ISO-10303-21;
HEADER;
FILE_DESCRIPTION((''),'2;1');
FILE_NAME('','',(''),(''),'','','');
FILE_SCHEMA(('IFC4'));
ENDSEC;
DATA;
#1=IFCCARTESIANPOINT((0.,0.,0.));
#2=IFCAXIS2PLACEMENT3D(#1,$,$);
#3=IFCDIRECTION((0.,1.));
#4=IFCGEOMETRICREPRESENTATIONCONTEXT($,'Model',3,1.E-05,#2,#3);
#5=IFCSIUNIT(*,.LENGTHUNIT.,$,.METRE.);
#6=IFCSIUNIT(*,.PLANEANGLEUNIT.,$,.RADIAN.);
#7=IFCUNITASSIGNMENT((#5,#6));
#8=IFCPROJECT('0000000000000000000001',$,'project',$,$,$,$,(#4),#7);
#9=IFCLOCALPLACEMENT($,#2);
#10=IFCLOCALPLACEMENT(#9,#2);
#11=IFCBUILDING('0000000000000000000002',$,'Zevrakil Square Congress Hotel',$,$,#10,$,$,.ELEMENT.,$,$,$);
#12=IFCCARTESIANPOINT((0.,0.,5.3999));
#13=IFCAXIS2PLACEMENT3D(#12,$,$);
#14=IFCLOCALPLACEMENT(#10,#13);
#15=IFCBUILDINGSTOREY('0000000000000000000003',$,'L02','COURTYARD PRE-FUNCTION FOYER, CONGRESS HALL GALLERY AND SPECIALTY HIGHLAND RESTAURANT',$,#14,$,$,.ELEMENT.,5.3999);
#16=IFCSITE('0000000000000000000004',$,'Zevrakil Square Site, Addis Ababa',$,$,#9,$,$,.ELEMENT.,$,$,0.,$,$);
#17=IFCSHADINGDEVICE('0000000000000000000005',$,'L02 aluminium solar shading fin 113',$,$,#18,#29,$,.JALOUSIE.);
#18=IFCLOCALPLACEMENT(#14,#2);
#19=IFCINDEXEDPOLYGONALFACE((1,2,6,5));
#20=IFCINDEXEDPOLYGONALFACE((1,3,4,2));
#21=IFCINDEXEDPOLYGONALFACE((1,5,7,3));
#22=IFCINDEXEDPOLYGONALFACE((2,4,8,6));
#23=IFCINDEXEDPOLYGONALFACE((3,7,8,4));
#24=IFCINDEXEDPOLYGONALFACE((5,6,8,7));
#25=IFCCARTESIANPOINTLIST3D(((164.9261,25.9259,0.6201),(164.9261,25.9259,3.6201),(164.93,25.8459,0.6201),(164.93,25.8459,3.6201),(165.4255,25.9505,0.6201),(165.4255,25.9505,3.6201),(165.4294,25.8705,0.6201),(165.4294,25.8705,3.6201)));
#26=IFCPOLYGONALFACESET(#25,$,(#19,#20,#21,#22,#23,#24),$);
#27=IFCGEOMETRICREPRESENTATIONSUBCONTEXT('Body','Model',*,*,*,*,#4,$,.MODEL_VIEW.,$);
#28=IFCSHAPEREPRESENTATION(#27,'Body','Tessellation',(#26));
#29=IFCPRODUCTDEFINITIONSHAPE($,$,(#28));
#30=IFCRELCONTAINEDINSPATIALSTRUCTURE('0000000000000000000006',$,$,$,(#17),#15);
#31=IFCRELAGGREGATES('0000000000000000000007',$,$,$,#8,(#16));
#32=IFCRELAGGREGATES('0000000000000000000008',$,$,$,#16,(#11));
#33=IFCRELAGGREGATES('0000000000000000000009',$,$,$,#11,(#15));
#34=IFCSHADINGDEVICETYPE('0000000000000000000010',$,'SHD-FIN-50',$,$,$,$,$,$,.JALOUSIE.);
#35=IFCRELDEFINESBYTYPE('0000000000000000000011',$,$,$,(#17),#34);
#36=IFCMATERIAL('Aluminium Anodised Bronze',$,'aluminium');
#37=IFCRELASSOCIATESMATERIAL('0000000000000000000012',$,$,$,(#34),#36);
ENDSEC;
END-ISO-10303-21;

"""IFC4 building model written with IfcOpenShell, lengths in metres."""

from ifc_helpers import new_model, si_unit, direction, frame, origin, origin_2d, place, context, subcontext, project, spatial, rectangle, extrude, material, type_object, element, save


model = new_model("IFC4")

# Units and contexts
model_context = context("Model", 3, precision=1e-05, world=origin(), true_north=direction((0.0, 1.0)))
body_context = subcontext(model_context, "Body", "Model", "MODEL_VIEW")
ifc_project = project(units=[si_unit("LENGTHUNIT", "METRE"), si_unit("PLANEANGLEUNIT", "RADIAN")], contexts=[model_context])

# Site, building, storey
site_placement = place(None, origin())
site = spatial("IfcSite", under=ifc_project, at=site_placement, Name="Zevrakil Square Site, Addis Ababa", CompositionType="ELEMENT", RefElevation=0.0)
building_placement = place(site_placement, origin())
building = spatial("IfcBuilding", under=site, at=building_placement, Name="Zevrakil Square Congress Hotel", CompositionType="ELEMENT")
storey_placement = place(building_placement, frame((0.0, 0.0, 5.3999)))
storey = spatial("IfcBuildingStorey", under=building, at=storey_placement, Name="L02", Description="COURTYARD PRE-FUNCTION FOYER, CONGRESS HALL GALLERY AND SPECIALTY HIGHLAND RESTAURANT", CompositionType="ELEMENT", Elevation=5.3999)

# Shading device
ifc_material_1 = material(Name="Aluminium Anodised Bronze", Category="aluminium")
shading_device_type = type_object("IfcShadingDeviceType", Name="SHD-FIN-50", PredefinedType="JALOUSIE", material=ifc_material_1)
shading_device_placement = place(storey_placement, frame((165.1777, 25.8982, 0.6201), z_axis=(0.0, 0.0, 1.0), x_axis=(0.998792, 0.049129, 0.0)))
element("IfcShadingDevice", 1, at=shading_device_placement, inside=storey, type_object=shading_device_type, Name="L02 aluminium solar shading fin 113", PredefinedType="JALOUSIE", context=body_context, shape_type="SweptSolid", body=[
    extrude(rectangle(XDim=0.5, YDim=0.0801, at=origin_2d()), origin(), (0.0, 0.0, 1.0), 3.0),
])

save(model, "model.ifc")
